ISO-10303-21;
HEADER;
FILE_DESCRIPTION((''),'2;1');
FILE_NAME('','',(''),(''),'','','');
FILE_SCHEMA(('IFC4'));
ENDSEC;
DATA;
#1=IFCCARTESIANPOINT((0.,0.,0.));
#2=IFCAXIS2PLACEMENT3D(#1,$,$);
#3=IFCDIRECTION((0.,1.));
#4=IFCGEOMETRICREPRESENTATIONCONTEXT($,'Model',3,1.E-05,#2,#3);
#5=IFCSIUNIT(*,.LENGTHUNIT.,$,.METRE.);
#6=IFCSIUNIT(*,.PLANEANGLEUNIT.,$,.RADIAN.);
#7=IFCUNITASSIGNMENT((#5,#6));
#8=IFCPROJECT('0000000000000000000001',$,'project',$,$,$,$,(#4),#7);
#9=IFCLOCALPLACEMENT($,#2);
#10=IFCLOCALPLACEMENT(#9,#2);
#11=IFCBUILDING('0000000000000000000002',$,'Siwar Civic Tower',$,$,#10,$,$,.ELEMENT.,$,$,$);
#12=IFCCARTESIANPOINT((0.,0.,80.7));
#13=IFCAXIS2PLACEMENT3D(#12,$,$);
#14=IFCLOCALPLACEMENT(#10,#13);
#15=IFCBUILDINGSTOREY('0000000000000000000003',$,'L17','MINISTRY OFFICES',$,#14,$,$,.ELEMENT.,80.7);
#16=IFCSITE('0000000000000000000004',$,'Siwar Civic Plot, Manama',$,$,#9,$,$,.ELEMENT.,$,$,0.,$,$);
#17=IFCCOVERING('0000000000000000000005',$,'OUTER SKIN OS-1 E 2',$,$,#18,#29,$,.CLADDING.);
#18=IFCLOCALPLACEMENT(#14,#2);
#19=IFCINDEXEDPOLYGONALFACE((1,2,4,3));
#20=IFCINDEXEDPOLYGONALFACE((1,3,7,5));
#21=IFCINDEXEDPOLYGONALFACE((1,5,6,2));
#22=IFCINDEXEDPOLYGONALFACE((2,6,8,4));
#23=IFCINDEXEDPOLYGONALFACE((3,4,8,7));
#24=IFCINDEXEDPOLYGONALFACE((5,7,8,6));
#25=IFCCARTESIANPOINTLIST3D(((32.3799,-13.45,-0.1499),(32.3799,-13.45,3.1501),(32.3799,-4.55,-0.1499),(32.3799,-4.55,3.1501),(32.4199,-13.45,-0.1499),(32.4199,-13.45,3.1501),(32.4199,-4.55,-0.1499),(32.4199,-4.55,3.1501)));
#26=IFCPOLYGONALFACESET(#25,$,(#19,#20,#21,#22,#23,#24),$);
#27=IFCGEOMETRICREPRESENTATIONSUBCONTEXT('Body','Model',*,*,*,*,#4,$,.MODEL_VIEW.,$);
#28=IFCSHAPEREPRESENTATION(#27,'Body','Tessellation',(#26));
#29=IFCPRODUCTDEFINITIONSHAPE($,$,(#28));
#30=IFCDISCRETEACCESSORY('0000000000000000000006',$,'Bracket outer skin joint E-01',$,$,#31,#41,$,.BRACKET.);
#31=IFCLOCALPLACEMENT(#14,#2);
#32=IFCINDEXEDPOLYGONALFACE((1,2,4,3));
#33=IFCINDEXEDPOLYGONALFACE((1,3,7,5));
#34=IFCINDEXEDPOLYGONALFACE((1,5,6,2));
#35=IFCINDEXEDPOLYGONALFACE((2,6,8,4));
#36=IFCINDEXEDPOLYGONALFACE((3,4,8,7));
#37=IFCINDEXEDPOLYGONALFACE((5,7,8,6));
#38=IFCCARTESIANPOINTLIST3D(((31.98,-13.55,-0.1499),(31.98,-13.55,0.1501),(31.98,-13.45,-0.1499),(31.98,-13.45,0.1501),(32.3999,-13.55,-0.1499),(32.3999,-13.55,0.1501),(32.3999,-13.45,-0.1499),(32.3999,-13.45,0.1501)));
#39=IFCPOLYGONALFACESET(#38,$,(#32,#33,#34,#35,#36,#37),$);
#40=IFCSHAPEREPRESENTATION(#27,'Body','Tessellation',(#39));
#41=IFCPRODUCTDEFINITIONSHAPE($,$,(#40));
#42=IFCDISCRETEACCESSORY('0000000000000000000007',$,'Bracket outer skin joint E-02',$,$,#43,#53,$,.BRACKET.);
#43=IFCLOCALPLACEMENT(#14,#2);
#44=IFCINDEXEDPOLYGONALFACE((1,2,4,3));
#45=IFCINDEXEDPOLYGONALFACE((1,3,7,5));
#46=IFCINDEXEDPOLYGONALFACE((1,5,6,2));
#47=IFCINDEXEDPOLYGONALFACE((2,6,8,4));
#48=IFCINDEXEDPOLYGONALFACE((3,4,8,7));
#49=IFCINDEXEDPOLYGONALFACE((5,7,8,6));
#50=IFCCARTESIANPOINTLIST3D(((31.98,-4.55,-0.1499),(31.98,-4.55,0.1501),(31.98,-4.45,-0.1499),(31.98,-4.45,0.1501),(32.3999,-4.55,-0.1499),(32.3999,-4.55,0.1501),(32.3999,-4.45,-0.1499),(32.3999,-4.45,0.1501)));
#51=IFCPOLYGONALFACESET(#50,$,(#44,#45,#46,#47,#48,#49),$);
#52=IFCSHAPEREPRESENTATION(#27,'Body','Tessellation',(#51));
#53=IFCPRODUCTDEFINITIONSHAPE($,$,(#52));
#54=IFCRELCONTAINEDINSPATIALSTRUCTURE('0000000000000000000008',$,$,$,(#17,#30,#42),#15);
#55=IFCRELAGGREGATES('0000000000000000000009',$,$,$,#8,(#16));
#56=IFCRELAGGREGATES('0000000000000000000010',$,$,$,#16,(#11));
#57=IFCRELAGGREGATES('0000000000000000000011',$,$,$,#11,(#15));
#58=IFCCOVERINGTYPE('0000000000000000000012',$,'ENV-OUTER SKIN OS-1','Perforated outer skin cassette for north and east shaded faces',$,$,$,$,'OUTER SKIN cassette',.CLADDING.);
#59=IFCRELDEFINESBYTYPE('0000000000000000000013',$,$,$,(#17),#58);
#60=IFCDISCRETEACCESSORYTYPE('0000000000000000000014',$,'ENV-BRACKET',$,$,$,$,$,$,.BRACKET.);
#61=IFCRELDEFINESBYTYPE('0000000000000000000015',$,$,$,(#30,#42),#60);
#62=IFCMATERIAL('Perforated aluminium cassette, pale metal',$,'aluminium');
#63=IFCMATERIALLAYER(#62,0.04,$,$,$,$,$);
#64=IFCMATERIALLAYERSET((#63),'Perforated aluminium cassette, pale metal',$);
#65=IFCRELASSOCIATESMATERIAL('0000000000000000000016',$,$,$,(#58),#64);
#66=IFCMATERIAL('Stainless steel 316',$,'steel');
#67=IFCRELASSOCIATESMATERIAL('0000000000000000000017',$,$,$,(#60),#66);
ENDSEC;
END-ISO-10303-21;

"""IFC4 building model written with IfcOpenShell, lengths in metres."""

from ifc_helpers import new_model, si_unit, direction, frame, origin, origin_2d, place, context, subcontext, project, spatial, rectangle, extrude, material, layer, layer_set, type_object, element, save


model = new_model("IFC4")

# Units and contexts
model_context = context("Model", 3, precision=1e-05, world=origin(), true_north=direction((0.0, 1.0)))
body_context = subcontext(model_context, "Body", "Model", "MODEL_VIEW")
ifc_project = project(units=[si_unit("LENGTHUNIT", "METRE"), si_unit("PLANEANGLEUNIT", "RADIAN")], contexts=[model_context])

# Site, building, storey
site_placement = place(None, origin())
site = spatial("IfcSite", under=ifc_project, at=site_placement, Name="Siwar Civic Plot, Manama", CompositionType="ELEMENT", RefElevation=0.0)
building_placement = place(site_placement, origin())
building = spatial("IfcBuilding", under=site, at=building_placement, Name="Siwar Civic Tower", CompositionType="ELEMENT")
storey_placement = place(building_placement, frame((0.0, 0.0, 80.7)))
storey = spatial("IfcBuildingStorey", under=building, at=storey_placement, Name="L17", Description="MINISTRY OFFICES", CompositionType="ELEMENT", Elevation=80.7)

# Covering
ifc_material_1 = material(Name="Perforated aluminium cassette, pale metal", Category="aluminium")
ifc_layer_1 = layer(ifc_material_1, 0.04)
ifc_layer_set_1 = layer_set([ifc_layer_1], Name="Perforated aluminium cassette, pale metal")
covering_type = type_object("IfcCoveringType", Name="ENV-OUTER SKIN OS-1", Description="Perforated outer skin cassette for north and east shaded faces", ElementType="OUTER SKIN cassette", PredefinedType="CLADDING", material=ifc_layer_set_1)
covering_1_placement = place(storey_placement, frame((32.3999, -9.0, -0.1499), z_axis=(0.0, 0.0, 1.0), x_axis=(0.0, 1.0, 0.0)))
element("IfcCovering", 1, at=covering_1_placement, inside=storey, type_object=covering_type, Name="OUTER SKIN OS-1 E 2", PredefinedType="CLADDING", context=body_context, shape_type="SweptSolid", body=[
    extrude(rectangle(XDim=8.8999, YDim=0.04, at=origin_2d()), origin(), (0.0, 0.0, 1.0), 3.3),
])

# Discrete accessories
ifc_material_2 = material(Name="Stainless steel 316", Category="steel")
discrete_accessory_type = type_object("IfcDiscreteAccessoryType", Name="ENV-BRACKET", PredefinedType="BRACKET", material=ifc_material_2)
for number, where, z_axis, x_axis, name in (
    (2, (32.1899, -13.5, -0.1499), (0.0, 0.0, 1.0), (1.0, 0.0, 0.0), "Bracket outer skin joint E-01"),
    (3, (32.1899, -4.5, -0.1499), (0.0, 0.0, 1.0), (1.0, 0.0, 0.0), "Bracket outer skin joint E-02"),
):
    element("IfcDiscreteAccessory", number, at=place(storey_placement, frame(where, z_axis=z_axis, x_axis=x_axis)), inside=storey, type_object=discrete_accessory_type, Name=name, PredefinedType="BRACKET", context=body_context, shape_type="SweptSolid", body=[
        extrude(rectangle(XDim=0.4199, YDim=0.1001, at=origin_2d()), origin(), (0.0, 0.0, 1.0), 0.3),
    ])

save(model, "model.ifc")
